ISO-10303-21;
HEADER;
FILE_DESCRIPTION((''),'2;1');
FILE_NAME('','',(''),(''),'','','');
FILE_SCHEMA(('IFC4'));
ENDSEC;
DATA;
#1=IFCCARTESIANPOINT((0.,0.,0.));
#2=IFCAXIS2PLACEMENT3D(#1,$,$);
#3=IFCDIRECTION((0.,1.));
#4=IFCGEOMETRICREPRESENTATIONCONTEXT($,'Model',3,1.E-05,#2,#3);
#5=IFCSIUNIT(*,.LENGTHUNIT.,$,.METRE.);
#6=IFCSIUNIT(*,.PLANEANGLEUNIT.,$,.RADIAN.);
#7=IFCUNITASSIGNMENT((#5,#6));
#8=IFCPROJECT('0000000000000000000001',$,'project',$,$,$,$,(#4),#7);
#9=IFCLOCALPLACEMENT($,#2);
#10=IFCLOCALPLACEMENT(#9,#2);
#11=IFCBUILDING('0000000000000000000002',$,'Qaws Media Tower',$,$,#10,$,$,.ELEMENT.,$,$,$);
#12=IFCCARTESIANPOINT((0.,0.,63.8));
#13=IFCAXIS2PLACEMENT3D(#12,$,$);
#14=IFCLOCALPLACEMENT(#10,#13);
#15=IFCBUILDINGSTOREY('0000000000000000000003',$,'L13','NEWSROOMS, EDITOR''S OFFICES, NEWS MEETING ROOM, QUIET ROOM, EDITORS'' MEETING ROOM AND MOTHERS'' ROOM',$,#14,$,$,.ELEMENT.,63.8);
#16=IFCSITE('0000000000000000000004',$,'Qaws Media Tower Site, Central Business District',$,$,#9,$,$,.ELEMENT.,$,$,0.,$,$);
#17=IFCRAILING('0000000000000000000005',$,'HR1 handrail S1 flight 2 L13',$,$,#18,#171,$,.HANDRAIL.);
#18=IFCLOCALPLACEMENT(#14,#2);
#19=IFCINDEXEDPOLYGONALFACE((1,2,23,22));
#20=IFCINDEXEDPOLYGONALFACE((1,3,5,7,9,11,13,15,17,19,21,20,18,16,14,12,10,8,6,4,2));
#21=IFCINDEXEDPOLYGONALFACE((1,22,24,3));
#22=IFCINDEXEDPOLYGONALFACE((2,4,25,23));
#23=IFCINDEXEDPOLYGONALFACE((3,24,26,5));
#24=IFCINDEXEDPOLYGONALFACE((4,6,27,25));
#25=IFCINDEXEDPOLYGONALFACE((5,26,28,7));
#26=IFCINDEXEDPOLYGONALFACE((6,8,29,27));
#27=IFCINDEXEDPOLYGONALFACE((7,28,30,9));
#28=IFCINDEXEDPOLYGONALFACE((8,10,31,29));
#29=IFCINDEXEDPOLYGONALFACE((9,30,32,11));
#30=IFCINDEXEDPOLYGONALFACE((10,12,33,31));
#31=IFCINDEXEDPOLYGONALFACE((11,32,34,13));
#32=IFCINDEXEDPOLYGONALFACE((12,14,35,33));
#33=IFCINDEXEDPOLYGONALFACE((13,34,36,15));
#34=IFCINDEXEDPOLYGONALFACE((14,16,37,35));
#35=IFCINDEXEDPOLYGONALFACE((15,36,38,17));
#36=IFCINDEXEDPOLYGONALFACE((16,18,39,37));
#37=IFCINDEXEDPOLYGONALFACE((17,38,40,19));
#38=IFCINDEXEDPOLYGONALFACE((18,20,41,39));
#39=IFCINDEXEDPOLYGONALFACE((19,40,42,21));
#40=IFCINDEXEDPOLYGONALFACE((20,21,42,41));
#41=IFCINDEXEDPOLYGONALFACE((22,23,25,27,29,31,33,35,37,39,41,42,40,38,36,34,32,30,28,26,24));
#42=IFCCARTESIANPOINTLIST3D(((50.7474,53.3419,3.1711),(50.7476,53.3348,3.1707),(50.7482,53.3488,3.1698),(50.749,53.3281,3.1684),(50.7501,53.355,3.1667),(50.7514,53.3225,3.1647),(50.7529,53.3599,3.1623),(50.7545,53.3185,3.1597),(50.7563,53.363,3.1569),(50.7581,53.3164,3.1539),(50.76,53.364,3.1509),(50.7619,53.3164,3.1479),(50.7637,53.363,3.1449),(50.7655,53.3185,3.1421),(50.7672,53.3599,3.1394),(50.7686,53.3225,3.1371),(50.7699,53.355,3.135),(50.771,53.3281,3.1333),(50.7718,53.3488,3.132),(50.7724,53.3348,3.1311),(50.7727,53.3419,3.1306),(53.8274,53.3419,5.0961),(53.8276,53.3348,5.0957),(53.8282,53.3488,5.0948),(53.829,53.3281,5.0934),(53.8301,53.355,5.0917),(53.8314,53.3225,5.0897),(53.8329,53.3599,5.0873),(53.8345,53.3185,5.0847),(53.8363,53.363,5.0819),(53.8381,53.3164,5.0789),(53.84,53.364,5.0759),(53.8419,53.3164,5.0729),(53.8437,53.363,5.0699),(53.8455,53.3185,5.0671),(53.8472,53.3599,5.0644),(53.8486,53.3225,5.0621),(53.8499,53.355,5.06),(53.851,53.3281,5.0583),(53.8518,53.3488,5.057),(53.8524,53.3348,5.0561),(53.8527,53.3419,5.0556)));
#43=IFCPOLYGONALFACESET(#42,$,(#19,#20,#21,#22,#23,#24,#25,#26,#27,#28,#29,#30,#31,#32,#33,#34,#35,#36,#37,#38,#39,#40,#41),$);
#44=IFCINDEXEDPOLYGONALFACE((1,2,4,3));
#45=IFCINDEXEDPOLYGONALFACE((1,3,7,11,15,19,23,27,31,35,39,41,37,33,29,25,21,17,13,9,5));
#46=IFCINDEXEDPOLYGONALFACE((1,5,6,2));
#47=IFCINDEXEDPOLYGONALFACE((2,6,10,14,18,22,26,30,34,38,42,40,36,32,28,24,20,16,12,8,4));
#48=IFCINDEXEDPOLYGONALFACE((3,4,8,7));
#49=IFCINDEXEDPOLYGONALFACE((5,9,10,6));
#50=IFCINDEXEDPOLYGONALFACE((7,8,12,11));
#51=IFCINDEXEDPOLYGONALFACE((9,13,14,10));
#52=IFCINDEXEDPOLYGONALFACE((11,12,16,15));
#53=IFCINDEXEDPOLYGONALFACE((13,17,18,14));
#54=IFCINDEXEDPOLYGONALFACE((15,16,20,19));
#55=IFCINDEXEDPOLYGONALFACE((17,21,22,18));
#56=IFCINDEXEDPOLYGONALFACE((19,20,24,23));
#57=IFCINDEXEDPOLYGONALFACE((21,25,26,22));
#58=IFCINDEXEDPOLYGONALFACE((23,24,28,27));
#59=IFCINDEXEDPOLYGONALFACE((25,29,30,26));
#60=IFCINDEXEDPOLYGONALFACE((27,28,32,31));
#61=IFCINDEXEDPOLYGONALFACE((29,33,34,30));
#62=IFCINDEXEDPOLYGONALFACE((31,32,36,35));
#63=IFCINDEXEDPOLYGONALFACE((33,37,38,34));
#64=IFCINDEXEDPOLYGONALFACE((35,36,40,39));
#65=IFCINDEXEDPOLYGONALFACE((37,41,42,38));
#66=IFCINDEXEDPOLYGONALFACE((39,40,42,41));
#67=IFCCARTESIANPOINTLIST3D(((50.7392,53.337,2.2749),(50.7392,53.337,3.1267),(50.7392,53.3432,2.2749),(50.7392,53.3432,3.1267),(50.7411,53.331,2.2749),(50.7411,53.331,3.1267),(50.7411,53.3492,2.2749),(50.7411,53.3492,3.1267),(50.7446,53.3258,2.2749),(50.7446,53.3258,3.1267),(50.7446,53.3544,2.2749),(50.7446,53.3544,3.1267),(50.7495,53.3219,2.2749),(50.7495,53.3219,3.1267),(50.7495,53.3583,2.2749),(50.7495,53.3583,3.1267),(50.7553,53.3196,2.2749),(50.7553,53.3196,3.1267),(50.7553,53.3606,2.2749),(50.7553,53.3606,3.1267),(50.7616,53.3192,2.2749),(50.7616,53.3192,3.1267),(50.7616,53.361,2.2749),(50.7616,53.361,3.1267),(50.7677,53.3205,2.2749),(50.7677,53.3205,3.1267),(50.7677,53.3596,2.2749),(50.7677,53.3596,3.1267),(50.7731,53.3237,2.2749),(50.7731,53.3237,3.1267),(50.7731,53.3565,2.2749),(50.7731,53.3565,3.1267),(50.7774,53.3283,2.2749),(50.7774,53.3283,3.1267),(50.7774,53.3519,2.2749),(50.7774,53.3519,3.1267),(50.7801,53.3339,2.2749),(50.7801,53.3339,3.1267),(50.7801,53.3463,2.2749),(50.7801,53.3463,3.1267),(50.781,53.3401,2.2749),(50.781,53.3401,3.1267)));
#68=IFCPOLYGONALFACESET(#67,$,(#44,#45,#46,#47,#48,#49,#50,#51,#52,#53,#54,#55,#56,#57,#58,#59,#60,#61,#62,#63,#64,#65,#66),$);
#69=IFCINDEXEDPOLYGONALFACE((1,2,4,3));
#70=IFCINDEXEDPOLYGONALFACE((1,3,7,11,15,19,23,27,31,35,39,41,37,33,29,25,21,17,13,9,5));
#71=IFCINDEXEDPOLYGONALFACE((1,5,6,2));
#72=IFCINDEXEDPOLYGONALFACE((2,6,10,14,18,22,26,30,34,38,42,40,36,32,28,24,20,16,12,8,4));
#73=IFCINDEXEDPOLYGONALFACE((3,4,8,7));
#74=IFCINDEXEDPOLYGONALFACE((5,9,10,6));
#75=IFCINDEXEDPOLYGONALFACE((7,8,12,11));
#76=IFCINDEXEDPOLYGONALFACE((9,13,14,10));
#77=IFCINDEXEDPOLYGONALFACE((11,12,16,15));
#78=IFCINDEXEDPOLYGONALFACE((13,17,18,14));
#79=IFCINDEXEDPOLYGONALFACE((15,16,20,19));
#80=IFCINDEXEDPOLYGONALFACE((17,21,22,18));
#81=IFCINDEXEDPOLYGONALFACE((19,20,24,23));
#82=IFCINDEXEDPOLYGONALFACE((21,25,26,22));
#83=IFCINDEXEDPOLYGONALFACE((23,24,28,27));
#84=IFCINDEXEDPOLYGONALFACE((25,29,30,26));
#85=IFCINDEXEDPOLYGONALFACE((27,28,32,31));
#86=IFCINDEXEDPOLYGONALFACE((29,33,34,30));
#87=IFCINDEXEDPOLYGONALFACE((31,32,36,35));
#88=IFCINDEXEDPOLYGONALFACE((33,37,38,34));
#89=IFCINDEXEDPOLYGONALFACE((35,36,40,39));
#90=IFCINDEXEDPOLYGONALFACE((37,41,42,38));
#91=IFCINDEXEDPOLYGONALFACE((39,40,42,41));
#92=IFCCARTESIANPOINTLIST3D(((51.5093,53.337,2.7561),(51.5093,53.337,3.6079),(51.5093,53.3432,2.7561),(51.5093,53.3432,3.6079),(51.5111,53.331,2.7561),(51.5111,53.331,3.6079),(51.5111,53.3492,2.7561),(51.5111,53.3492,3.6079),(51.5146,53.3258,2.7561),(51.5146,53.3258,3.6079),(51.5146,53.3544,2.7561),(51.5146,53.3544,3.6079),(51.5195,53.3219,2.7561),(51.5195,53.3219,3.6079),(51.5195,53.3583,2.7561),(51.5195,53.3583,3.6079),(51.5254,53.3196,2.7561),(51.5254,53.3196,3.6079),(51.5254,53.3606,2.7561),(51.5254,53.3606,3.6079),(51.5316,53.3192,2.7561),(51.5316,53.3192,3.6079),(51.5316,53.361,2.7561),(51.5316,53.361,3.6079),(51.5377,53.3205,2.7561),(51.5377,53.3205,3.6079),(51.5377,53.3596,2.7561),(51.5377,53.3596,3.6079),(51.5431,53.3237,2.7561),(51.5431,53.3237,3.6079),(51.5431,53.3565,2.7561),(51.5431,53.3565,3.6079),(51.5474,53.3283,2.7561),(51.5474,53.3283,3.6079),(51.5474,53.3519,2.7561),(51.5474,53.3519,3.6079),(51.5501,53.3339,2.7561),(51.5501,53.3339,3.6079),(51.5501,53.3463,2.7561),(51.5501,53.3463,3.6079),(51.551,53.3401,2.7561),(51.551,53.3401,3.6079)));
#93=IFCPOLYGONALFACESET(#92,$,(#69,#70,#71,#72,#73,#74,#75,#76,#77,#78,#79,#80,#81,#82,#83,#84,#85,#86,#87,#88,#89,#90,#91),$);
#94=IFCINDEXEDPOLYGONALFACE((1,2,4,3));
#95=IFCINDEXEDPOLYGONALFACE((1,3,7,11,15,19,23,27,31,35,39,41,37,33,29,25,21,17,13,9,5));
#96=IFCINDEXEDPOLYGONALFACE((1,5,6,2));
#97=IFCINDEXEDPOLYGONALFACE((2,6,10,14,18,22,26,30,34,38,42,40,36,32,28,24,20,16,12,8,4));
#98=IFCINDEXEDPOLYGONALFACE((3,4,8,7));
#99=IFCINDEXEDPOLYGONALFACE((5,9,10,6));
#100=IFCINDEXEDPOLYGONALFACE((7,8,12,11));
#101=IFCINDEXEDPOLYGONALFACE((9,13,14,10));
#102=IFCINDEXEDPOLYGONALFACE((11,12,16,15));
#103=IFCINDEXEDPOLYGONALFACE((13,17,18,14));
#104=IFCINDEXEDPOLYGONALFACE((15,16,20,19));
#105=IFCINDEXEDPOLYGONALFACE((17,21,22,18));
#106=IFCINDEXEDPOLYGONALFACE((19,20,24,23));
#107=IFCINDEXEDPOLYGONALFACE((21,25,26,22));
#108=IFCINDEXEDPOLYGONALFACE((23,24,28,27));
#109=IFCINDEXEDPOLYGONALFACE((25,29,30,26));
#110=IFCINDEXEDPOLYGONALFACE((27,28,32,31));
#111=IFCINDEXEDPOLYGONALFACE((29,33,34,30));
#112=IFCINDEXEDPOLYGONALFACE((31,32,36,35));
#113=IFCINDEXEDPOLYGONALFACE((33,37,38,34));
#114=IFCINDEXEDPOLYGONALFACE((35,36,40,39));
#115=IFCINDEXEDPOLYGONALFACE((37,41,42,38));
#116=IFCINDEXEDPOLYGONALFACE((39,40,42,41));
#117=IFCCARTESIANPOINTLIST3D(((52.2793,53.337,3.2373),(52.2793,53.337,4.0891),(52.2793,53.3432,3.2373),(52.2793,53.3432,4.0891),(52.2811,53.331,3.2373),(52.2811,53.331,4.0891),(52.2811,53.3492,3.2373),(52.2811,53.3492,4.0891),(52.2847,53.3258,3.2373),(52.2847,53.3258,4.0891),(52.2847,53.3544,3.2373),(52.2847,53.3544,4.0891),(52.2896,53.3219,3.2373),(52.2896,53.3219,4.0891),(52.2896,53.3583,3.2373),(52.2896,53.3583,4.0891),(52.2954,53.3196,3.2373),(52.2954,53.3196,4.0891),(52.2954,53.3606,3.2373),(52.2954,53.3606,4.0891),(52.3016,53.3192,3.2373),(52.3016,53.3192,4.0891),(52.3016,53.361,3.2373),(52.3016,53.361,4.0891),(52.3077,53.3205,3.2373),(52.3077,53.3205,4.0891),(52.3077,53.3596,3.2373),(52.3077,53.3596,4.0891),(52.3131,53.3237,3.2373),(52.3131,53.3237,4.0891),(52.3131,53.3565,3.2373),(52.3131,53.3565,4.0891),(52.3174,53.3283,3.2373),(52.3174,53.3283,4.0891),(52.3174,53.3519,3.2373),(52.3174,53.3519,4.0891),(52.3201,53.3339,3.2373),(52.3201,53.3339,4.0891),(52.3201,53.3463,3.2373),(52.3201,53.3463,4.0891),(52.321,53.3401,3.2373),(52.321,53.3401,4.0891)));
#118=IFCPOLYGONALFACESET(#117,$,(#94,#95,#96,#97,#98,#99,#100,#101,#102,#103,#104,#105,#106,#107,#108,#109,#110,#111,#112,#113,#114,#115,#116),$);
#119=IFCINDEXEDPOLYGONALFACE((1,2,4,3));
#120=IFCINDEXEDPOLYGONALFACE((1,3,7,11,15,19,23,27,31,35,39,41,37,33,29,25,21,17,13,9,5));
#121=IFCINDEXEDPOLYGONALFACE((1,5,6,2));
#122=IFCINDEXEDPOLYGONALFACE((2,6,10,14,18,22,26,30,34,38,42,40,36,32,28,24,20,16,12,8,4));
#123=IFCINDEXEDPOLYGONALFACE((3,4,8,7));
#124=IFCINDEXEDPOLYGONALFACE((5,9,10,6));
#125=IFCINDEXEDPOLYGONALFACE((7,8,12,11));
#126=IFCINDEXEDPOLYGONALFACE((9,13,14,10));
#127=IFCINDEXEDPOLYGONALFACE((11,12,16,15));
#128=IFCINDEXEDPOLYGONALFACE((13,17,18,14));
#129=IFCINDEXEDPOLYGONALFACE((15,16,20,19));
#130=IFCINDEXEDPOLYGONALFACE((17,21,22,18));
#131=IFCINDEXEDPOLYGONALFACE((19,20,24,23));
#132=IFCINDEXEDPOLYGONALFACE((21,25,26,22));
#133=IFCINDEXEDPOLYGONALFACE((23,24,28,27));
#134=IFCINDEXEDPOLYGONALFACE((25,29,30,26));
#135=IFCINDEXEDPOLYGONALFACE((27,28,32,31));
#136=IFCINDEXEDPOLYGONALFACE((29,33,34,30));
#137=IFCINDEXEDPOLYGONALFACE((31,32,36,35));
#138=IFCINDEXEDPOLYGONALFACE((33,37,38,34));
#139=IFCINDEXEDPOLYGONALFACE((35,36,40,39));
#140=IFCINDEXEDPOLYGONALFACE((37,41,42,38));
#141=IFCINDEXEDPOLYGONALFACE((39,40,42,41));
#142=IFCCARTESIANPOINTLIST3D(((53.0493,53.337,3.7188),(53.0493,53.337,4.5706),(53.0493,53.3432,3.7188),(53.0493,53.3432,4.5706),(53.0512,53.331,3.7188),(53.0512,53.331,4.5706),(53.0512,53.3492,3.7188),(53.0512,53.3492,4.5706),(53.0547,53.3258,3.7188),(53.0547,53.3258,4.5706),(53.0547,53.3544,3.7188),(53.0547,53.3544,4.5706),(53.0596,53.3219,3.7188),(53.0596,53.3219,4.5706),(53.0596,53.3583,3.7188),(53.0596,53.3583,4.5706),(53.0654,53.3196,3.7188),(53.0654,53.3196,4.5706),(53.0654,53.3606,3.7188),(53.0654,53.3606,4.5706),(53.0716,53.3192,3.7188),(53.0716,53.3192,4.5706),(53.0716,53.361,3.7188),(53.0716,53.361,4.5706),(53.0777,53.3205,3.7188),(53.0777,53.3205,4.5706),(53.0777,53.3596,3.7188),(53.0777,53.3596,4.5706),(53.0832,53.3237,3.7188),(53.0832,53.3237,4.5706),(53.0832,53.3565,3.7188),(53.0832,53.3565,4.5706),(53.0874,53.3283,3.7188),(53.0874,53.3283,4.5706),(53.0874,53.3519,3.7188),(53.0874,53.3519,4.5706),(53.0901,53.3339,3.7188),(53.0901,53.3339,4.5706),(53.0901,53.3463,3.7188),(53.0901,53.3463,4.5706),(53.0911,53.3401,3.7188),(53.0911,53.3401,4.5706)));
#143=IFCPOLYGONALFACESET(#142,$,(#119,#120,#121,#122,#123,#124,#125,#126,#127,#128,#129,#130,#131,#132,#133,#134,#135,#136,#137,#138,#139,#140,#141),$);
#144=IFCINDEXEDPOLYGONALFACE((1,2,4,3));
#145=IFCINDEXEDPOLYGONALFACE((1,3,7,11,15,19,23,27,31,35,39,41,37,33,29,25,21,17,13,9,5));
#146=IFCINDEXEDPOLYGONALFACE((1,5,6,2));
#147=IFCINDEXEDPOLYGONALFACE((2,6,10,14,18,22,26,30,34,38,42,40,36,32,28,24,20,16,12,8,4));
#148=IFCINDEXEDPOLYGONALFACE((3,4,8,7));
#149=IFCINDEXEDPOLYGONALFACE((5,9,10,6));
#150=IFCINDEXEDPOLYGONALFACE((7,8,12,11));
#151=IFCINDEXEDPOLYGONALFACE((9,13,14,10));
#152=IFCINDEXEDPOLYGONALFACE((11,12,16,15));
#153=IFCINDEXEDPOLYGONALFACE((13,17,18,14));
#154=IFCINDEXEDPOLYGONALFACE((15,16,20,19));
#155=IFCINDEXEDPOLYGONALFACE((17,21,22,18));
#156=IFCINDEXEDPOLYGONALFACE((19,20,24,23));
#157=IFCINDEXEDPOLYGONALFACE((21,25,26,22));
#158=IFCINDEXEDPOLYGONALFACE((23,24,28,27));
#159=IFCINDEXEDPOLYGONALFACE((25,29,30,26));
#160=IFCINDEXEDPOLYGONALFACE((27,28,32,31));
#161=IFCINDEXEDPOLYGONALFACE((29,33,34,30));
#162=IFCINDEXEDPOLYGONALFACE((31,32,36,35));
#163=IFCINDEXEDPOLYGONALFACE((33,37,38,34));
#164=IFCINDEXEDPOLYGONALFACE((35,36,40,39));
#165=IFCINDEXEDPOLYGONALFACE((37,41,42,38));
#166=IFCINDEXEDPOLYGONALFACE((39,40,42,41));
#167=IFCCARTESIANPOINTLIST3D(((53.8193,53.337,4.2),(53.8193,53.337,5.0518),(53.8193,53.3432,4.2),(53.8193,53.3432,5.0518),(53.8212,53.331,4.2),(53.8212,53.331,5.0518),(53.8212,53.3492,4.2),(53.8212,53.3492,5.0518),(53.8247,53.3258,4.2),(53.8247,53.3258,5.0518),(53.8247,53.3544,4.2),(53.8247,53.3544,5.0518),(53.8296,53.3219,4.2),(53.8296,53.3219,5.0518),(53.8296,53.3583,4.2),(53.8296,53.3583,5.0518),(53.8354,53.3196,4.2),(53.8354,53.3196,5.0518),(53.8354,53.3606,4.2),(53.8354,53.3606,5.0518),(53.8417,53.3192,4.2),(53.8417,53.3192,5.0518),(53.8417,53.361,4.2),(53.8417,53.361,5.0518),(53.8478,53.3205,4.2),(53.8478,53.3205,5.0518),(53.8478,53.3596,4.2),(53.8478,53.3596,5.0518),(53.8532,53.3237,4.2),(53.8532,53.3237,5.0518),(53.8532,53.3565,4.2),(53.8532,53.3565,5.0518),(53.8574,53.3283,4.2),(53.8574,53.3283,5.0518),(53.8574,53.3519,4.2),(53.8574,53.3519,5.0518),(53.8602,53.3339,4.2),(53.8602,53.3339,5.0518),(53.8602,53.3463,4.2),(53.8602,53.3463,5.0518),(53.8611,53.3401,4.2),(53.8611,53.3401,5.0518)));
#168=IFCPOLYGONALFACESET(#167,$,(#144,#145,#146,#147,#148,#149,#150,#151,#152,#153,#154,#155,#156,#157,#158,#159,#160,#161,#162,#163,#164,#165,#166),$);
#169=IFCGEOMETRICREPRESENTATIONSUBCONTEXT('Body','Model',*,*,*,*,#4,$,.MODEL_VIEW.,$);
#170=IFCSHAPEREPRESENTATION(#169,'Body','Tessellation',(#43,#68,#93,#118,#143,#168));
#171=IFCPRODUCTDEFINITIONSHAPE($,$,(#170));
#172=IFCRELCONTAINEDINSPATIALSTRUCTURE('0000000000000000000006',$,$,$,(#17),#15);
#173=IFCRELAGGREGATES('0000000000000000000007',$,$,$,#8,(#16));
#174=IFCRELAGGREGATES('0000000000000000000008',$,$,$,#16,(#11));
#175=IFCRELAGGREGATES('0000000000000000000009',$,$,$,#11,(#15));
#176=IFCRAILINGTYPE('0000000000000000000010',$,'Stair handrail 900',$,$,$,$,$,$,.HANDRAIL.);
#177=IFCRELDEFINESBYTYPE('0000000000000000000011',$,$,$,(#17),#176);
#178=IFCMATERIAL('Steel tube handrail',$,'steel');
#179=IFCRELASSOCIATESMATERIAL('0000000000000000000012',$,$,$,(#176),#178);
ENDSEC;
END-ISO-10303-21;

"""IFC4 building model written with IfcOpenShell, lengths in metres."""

from ifc_helpers import new_model, si_unit, direction, frame, origin, origin_2d, place, context, subcontext, project, spatial, circle, extrude, material, type_object, element, save


model = new_model("IFC4")

# Units and contexts
model_context = context("Model", 3, precision=1e-05, world=origin(), true_north=direction((0.0, 1.0)))
body_context = subcontext(model_context, "Body", "Model", "MODEL_VIEW")
ifc_project = project(units=[si_unit("LENGTHUNIT", "METRE"), si_unit("PLANEANGLEUNIT", "RADIAN")], contexts=[model_context])

# Site, building, storey
site_placement = place(None, origin())
site = spatial("IfcSite", under=ifc_project, at=site_placement, Name="Qaws Media Tower Site, Central Business District", CompositionType="ELEMENT", RefElevation=0.0)
building_placement = place(site_placement, origin())
building = spatial("IfcBuilding", under=site, at=building_placement, Name="Qaws Media Tower", CompositionType="ELEMENT")
storey_placement = place(building_placement, frame((0.0, 0.0, 63.8)))
storey = spatial("IfcBuildingStorey", under=building, at=storey_placement, Name="L13", Description="NEWSROOMS, EDITOR'S OFFICES, NEWS MEETING ROOM, QUIET ROOM, EDITORS' MEETING ROOM AND MOTHERS' ROOM", CompositionType="ELEMENT", Elevation=63.8)

# Railing
ifc_material_1 = material(Name="Steel tube handrail", Category="steel")
railing_type = type_object("IfcRailingType", Name="Stair handrail 900", PredefinedType="HANDRAIL", material=ifc_material_1)
for number, where, name in (
    (1, (50.76, 53.3401, 2.2749), "HR1 handrail S1 flight 2 L13"),
):
    element("IfcRailing", number, at=place(storey_placement, frame(where)), inside=storey, type_object=railing_type, Name=name, PredefinedType="HANDRAIL", context=body_context, shape_type="SweptSolid", body=[
        extrude(circle(Radius=0.0239, at=origin_2d()), frame((0.0, 0.0, 0.876), z_axis=(0.847998, 0.0, 0.529999), x_axis=(0.0, 1.0, 0.0)), (0.0, 0.0, 1.0), 3.6321),
        extrude(circle(Radius=0.021, at=origin_2d()), origin(), (0.0, 0.0, 1.0), 0.8518),
        extrude(circle(Radius=0.021, at=origin_2d()), frame((0.77, 0.0, 0.4812)), (0.0, 0.0, 1.0), 0.8518),
        extrude(circle(Radius=0.021, at=origin_2d()), frame((1.54, 0.0, 0.9624)), (0.0, 0.0, 1.0), 0.8518),
        extrude(circle(Radius=0.021, at=origin_2d()), frame((2.3101, 0.0, 1.4438)), (0.0, 0.0, 1.0), 0.8518),
        extrude(circle(Radius=0.021, at=origin_2d()), frame((3.0801, 0.0, 1.925)), (0.0, 0.0, 1.0), 0.8518),
    ])

save(model, "model.ifc")
